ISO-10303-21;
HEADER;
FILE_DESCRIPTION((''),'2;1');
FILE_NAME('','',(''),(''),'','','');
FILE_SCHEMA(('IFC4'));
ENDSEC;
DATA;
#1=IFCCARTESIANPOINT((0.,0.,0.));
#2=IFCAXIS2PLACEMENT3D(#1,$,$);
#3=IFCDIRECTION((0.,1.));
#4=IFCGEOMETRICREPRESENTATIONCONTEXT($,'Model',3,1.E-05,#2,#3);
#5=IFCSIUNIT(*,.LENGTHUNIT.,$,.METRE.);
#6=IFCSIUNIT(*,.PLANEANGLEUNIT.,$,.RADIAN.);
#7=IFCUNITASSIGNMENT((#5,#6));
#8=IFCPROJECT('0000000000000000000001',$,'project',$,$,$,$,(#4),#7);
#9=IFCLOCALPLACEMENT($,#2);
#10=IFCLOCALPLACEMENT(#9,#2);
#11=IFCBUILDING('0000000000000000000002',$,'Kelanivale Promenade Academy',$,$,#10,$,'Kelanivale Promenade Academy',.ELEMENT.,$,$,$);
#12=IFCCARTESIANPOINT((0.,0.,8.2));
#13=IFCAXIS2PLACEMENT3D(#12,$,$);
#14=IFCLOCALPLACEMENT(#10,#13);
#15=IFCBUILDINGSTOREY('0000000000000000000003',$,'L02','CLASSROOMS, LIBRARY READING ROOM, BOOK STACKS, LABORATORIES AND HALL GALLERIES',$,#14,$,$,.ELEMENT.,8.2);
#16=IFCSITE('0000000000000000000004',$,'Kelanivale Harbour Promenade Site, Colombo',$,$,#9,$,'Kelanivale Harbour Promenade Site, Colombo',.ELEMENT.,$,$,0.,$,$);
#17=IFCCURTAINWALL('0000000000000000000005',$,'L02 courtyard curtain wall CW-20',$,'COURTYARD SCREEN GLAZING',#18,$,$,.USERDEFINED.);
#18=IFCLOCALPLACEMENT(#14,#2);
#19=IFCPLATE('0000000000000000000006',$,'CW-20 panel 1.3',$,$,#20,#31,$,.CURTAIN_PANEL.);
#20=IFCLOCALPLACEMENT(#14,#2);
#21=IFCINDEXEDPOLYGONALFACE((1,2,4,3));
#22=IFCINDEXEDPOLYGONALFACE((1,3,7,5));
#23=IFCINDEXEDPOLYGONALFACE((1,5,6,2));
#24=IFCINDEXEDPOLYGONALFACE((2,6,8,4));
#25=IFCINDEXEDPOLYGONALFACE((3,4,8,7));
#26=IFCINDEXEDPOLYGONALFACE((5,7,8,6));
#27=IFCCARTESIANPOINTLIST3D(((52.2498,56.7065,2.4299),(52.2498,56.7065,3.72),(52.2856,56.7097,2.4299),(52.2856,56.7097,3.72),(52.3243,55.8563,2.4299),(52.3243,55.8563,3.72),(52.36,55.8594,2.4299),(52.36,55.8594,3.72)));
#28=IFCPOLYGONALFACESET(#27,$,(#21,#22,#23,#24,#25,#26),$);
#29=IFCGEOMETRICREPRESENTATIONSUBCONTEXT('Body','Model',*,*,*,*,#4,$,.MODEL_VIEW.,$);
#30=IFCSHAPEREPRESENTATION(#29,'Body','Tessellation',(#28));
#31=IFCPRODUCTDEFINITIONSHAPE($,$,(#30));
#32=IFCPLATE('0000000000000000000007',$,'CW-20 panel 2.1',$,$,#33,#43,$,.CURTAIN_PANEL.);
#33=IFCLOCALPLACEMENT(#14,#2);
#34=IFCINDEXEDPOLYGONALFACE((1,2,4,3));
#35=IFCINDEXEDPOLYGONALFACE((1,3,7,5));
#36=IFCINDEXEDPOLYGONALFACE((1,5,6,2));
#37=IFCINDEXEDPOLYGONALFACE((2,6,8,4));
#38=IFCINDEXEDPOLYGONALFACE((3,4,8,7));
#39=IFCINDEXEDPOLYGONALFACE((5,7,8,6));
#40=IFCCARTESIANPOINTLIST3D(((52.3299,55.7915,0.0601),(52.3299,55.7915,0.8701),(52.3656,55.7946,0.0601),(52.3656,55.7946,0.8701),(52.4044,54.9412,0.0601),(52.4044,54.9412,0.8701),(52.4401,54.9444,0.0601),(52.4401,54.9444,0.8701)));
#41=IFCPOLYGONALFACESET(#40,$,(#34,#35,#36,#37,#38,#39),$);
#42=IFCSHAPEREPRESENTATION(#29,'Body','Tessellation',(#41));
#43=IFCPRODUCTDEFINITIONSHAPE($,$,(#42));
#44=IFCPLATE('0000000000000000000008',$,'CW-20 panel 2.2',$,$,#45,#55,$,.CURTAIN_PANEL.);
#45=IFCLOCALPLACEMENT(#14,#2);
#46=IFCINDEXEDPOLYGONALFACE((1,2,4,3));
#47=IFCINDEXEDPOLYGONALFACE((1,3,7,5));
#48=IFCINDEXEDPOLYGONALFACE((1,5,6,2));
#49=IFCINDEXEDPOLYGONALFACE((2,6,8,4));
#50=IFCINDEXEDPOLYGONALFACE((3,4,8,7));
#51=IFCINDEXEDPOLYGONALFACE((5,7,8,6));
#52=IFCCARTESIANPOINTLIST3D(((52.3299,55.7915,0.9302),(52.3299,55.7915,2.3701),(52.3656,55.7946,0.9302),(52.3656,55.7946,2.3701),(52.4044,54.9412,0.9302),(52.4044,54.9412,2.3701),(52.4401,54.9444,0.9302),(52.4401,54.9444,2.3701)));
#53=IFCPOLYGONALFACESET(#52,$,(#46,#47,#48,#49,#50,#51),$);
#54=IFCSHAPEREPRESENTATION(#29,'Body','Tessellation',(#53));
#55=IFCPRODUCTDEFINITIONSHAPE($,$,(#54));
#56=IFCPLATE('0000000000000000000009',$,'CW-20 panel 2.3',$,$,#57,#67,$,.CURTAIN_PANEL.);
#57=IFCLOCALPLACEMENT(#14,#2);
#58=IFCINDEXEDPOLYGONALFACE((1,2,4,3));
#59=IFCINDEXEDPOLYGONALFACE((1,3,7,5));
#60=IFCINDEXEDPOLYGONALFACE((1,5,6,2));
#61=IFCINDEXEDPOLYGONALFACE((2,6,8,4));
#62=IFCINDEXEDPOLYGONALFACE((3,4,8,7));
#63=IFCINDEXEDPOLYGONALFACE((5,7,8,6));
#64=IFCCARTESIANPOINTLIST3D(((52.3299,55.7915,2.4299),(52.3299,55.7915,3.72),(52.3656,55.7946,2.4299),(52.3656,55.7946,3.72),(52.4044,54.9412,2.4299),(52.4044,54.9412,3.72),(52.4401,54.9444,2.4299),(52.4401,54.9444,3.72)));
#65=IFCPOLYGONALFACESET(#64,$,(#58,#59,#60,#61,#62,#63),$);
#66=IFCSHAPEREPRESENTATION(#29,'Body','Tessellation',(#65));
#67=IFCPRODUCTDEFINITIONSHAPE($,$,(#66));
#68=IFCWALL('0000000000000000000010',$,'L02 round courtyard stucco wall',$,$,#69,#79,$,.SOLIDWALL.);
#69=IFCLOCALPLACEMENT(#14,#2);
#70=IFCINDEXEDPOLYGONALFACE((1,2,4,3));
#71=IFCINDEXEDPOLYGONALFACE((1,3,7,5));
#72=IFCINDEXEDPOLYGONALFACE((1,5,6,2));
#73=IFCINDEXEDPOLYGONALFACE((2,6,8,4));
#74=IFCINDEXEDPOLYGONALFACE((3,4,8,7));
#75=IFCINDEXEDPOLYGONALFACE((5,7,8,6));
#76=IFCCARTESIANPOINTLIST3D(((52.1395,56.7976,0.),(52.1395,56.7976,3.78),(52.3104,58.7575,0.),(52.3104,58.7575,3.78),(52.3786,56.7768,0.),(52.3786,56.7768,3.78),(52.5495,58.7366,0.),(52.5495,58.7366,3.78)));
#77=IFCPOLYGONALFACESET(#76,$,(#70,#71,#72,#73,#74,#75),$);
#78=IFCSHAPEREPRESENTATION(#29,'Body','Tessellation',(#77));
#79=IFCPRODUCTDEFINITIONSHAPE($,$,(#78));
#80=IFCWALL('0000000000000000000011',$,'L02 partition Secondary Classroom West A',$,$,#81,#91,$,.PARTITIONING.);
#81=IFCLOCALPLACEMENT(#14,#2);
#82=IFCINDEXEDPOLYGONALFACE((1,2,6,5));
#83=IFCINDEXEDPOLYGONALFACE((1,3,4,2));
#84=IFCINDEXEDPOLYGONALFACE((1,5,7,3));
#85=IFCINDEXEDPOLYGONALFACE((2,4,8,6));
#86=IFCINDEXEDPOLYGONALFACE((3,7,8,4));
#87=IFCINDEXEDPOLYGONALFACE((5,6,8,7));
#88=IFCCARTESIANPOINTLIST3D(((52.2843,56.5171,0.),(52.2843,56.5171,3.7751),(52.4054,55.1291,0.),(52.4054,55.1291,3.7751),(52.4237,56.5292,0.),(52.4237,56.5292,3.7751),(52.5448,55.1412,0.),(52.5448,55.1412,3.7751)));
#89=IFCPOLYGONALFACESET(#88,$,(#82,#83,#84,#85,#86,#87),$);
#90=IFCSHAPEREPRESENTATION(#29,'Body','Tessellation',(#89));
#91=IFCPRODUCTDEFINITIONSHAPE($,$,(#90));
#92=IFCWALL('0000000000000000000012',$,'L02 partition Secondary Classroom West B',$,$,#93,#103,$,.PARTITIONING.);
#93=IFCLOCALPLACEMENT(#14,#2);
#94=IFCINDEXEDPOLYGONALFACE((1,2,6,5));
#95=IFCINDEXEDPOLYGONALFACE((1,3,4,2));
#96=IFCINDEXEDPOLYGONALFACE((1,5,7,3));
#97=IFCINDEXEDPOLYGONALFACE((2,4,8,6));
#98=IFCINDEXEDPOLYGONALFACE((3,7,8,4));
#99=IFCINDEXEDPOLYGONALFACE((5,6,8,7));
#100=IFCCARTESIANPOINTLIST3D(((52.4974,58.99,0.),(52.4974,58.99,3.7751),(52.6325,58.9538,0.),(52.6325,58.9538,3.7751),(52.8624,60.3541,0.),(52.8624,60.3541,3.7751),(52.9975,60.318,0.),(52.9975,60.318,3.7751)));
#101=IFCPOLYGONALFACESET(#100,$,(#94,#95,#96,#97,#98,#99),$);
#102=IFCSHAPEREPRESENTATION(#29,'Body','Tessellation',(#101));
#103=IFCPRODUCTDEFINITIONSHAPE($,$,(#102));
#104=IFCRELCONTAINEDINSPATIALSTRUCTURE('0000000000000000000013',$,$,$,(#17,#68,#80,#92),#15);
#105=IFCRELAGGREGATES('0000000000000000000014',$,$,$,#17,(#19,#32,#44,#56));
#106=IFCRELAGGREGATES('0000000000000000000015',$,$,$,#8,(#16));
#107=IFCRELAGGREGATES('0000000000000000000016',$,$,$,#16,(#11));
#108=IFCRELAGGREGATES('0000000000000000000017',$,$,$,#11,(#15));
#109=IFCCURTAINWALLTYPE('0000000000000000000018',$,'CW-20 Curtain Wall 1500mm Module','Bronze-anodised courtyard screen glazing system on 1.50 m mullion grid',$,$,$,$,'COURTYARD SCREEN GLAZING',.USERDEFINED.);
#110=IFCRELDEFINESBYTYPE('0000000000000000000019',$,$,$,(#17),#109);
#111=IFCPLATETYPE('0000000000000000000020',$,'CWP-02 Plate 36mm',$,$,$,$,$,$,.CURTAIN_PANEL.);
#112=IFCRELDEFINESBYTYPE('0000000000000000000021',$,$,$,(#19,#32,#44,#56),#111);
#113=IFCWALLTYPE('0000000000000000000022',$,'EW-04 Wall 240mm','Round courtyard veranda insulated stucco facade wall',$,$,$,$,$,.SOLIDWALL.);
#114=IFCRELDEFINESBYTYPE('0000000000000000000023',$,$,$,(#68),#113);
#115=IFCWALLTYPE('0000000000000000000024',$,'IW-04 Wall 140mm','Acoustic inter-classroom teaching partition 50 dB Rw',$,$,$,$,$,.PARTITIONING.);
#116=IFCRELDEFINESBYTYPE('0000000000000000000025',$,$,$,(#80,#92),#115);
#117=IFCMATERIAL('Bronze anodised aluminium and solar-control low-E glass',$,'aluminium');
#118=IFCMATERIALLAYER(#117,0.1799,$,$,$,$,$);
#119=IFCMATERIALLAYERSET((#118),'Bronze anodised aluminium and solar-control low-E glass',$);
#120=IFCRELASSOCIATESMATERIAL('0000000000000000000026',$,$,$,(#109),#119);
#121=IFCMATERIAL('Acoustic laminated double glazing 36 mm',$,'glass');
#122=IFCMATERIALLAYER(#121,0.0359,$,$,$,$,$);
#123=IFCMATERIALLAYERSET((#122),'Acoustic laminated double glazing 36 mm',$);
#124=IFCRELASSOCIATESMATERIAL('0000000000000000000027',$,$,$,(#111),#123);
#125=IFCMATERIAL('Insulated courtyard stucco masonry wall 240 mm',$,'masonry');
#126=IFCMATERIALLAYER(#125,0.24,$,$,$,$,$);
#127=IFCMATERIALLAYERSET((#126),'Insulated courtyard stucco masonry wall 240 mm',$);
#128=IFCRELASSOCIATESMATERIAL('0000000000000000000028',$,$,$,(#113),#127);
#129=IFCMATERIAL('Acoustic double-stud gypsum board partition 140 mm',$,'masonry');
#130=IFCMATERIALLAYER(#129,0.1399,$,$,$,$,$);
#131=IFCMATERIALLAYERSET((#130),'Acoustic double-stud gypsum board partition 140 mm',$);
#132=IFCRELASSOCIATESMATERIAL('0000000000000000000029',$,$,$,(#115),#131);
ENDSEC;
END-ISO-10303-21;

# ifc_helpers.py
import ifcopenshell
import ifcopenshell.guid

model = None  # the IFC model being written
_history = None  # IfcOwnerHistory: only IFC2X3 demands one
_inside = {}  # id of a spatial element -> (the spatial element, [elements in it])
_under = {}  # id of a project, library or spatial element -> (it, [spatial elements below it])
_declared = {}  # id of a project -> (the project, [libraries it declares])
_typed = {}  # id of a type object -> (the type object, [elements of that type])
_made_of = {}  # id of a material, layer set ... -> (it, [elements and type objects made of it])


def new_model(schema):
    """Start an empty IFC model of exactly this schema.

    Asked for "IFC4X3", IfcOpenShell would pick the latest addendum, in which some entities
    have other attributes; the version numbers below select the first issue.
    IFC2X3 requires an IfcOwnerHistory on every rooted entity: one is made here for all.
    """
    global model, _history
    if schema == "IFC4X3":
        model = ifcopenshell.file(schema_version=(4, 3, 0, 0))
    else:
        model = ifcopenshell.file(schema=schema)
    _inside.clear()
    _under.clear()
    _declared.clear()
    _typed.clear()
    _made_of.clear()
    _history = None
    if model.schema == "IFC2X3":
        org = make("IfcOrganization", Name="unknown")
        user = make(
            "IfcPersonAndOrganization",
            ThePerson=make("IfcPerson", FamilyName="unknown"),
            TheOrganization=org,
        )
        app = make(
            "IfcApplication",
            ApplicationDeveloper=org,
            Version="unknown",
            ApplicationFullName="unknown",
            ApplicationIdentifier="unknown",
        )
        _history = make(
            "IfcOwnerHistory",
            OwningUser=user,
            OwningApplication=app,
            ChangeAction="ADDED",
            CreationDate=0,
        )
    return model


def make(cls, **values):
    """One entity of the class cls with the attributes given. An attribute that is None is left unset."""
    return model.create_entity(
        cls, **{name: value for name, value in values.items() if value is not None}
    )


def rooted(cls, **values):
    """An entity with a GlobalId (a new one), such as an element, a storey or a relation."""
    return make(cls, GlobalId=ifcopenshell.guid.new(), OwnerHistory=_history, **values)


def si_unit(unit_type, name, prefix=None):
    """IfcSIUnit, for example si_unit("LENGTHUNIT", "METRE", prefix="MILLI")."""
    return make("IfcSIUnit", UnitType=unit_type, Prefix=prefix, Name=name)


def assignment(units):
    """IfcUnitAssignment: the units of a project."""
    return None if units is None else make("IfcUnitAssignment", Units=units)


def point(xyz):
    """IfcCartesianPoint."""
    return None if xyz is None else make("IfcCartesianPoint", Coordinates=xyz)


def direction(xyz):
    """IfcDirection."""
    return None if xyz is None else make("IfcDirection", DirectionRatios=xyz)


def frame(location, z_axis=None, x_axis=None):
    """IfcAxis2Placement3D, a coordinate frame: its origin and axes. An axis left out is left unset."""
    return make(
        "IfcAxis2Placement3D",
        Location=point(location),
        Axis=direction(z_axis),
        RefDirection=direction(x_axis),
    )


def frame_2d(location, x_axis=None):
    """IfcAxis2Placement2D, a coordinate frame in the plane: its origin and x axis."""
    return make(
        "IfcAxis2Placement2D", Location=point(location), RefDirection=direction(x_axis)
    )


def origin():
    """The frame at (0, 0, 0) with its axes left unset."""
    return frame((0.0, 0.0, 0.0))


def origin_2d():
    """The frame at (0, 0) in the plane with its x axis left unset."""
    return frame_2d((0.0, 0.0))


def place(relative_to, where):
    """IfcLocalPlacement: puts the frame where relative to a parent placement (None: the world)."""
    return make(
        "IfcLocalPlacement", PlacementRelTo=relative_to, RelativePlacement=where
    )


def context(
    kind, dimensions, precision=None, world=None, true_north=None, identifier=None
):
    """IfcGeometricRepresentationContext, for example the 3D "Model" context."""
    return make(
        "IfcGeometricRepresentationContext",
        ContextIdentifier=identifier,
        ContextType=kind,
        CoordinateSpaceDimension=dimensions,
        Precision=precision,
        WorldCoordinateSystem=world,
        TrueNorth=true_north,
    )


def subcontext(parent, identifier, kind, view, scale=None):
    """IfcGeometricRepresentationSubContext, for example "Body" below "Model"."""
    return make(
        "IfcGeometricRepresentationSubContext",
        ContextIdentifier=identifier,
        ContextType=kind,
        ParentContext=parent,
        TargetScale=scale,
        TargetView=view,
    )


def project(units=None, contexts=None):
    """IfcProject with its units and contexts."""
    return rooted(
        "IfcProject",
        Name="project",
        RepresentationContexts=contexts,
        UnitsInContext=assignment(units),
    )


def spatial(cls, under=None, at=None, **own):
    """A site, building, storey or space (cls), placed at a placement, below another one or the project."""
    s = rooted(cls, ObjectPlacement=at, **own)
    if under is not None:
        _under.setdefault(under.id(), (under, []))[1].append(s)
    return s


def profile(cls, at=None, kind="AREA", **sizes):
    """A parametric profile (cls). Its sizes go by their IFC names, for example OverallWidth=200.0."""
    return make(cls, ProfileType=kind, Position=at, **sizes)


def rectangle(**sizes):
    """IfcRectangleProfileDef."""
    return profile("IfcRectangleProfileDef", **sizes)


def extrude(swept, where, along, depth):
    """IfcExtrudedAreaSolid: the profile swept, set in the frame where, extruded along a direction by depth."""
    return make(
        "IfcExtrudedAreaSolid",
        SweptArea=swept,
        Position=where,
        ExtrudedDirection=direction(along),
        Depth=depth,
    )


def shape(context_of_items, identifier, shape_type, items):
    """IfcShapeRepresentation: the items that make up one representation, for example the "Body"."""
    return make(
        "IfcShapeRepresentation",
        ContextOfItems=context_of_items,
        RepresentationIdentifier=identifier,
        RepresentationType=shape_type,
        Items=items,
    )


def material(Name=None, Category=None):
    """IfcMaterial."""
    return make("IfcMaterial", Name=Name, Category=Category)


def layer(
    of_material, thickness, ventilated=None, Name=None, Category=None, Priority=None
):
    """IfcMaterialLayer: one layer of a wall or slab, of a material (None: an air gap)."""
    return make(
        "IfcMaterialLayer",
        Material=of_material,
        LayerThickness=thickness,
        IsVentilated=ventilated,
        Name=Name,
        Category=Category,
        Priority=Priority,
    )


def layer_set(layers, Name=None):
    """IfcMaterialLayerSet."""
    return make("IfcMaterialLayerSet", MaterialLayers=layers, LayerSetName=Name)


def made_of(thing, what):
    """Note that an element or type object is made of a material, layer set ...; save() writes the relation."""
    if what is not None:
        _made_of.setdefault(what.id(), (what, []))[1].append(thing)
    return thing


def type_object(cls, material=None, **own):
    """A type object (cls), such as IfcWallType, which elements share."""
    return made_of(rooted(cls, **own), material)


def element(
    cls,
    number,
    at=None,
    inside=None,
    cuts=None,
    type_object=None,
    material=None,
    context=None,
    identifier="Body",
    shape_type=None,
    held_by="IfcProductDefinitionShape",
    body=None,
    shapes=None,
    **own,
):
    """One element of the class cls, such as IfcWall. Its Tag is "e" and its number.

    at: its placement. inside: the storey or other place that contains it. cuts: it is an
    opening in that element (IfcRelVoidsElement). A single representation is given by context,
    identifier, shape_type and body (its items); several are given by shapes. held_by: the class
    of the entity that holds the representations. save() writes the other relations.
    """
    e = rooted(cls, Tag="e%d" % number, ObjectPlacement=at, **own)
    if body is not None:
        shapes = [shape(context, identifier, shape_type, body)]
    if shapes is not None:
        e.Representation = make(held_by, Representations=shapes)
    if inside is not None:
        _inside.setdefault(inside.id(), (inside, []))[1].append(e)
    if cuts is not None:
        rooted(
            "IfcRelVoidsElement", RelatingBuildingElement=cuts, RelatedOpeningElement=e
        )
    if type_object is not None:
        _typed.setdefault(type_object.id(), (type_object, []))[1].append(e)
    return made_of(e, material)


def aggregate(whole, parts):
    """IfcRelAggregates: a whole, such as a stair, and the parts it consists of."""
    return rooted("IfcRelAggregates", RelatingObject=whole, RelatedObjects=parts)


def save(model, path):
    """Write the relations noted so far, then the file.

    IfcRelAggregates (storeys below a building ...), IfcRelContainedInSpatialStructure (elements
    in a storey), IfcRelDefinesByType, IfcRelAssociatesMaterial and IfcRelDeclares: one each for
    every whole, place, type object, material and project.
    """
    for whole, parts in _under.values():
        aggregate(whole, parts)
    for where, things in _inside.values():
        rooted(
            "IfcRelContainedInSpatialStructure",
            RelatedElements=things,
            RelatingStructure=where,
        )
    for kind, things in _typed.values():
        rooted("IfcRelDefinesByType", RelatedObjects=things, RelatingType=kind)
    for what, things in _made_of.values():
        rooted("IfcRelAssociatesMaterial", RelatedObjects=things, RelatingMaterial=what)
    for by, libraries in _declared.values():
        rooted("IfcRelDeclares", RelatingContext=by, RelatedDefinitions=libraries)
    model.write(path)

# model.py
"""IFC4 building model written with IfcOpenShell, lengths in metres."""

from ifc_helpers import new_model, si_unit, direction, frame, frame_2d, origin, origin_2d, place, context, subcontext, project, spatial, rectangle, extrude, material, layer, layer_set, type_object, element, aggregate, save


model = new_model("IFC4")

# Units and contexts
model_context = context("Model", 3, precision=1e-05, world=origin(), true_north=direction((0.0, 1.0)))
body_context = subcontext(model_context, "Body", "Model", "MODEL_VIEW")
ifc_project = project(units=[si_unit("LENGTHUNIT", "METRE"), si_unit("PLANEANGLEUNIT", "RADIAN")], contexts=[model_context])

# Site, building, storey
site_placement = place(None, origin())
site = spatial("IfcSite", under=ifc_project, at=site_placement, Name="Kelanivale Harbour Promenade Site, Colombo", LongName="Kelanivale Harbour Promenade Site, Colombo", CompositionType="ELEMENT", RefElevation=0.0)
building_placement = place(site_placement, origin())
building = spatial("IfcBuilding", under=site, at=building_placement, Name="Kelanivale Promenade Academy", LongName="Kelanivale Promenade Academy", CompositionType="ELEMENT")
storey_placement = place(building_placement, frame((0.0, 0.0, 8.2)))
storey = spatial("IfcBuildingStorey", under=building, at=storey_placement, Name="L02", Description="CLASSROOMS, LIBRARY READING ROOM, BOOK STACKS, LABORATORIES AND HALL GALLERIES", CompositionType="ELEMENT", Elevation=8.2)

# Curtain wall
ifc_material_1 = material(Name="Bronze anodised aluminium and solar-control low-E glass", Category="aluminium")
ifc_layer_1 = layer(ifc_material_1, 0.1799)
ifc_layer_set_1 = layer_set([ifc_layer_1], Name="Bronze anodised aluminium and solar-control low-E glass")
curtain_wall_type_1 = type_object("IfcCurtainWallType", Name="CW-20 Curtain Wall 1500mm Module", Description="Bronze-anodised courtyard screen glazing system on 1.50 m mullion grid", ElementType="COURTYARD SCREEN GLAZING", PredefinedType="USERDEFINED", material=ifc_layer_set_1)
curtain_wall_1_placement = place(storey_placement, origin())
curtain_wall_1 = element("IfcCurtainWall", 1, at=curtain_wall_1_placement, inside=storey, type_object=curtain_wall_type_1, Name="L02 courtyard curtain wall CW-20", ObjectType="COURTYARD SCREEN GLAZING", PredefinedType="USERDEFINED")

# Plates
ifc_material_2 = material(Name="Acoustic laminated double glazing 36 mm", Category="glass")
ifc_layer_2 = layer(ifc_material_2, 0.0359)
ifc_layer_set_2 = layer_set([ifc_layer_2], Name="Acoustic laminated double glazing 36 mm")
plate_type_1 = type_object("IfcPlateType", Name="CWP-02 Plate 36mm", PredefinedType="CURTAIN_PANEL", material=ifc_layer_set_2)
plate_1_placement = place(storey_placement, frame((52.3049, 56.283, 2.4299), z_axis=(0.0, 0.0, 1.0), x_axis=(0.087265, -0.996185, 0.0)))
plate_1 = element("IfcPlate", 2, at=plate_1_placement, type_object=plate_type_1, Name="CW-20 panel 1.3", PredefinedType="CURTAIN_PANEL", context=body_context, shape_type="SweptSolid", body=[
    extrude(rectangle(XDim=0.8535, YDim=0.0359, at=origin_2d()), origin(), (0.0, 0.0, 1.0), 1.29),
])
plate_2_placement = place(storey_placement, frame((52.385, 55.3679, 0.0601), z_axis=(0.0, 0.0, 1.0), x_axis=(0.087265, -0.996185, 0.0)))
plate_2 = element("IfcPlate", 3, at=plate_2_placement, type_object=plate_type_1, Name="CW-20 panel 2.1", PredefinedType="CURTAIN_PANEL", context=body_context, shape_type="SweptSolid", body=[
    extrude(rectangle(XDim=0.8535, YDim=0.0359, at=origin_2d()), origin(), (0.0, 0.0, 1.0), 0.8101),
])
plate_3_placement = place(storey_placement, frame((52.385, 55.3679, 0.9302), z_axis=(0.0, 0.0, 1.0), x_axis=(0.087265, -0.996185, 0.0)))
plate_3 = element("IfcPlate", 4, at=plate_3_placement, type_object=plate_type_1, Name="CW-20 panel 2.2", PredefinedType="CURTAIN_PANEL", context=body_context, shape_type="SweptSolid", body=[
    extrude(rectangle(XDim=0.8535, YDim=0.0359, at=origin_2d()), origin(), (0.0, 0.0, 1.0), 1.4399),
])
plate_4_placement = place(storey_placement, frame((52.385, 55.3679, 2.4299), z_axis=(0.0, 0.0, 1.0), x_axis=(0.087265, -0.996185, 0.0)))
plate_4 = element("IfcPlate", 5, at=plate_4_placement, type_object=plate_type_1, Name="CW-20 panel 2.3", PredefinedType="CURTAIN_PANEL", context=body_context, shape_type="SweptSolid", body=[
    extrude(rectangle(XDim=0.8535, YDim=0.0359, at=origin_2d()), origin(), (0.0, 0.0, 1.0), 1.29),
])
aggregate(curtain_wall_1, [plate_1, plate_2, plate_3, plate_4])

# Walls
ifc_material_3 = material(Name="Insulated courtyard stucco masonry wall 240 mm", Category="masonry")
ifc_layer_3 = layer(ifc_material_3, 0.24)
ifc_layer_set_3 = layer_set([ifc_layer_3], Name="Insulated courtyard stucco masonry wall 240 mm")
wall_type_1 = type_object("IfcWallType", Name="EW-04 Wall 240mm", Description="Round courtyard veranda insulated stucco facade wall", PredefinedType="SOLIDWALL", material=ifc_layer_set_3)
wall_1_placement = place(storey_placement, frame((52.4299, 58.7471, 0.0), z_axis=(0.0, 0.0, 1.0), x_axis=(-0.086865, -0.99622, 0.0)))
element("IfcWall", 6, at=wall_1_placement, inside=storey, type_object=wall_type_1, Name="L02 round courtyard stucco wall", PredefinedType="SOLIDWALL", context=body_context, shape_type="SweptSolid", body=[
    extrude(rectangle(XDim=1.9673, YDim=0.24, at=frame_2d((0.9836, 0.0))), origin(), (0.0, 0.0, 1.0), 3.78),
])
ifc_material_4 = material(Name="Acoustic double-stud gypsum board partition 140 mm", Category="masonry")
ifc_layer_4 = layer(ifc_material_4, 0.1399)
ifc_layer_set_4 = layer_set([ifc_layer_4], Name="Acoustic double-stud gypsum board partition 140 mm")
wall_type_2 = type_object("IfcWallType", Name="IW-04 Wall 140mm", Description="Acoustic inter-classroom teaching partition 50 dB Rw", PredefinedType="PARTITIONING", material=ifc_layer_set_4)
wall_2_placement = place(storey_placement, frame((52.4751, 55.135, 0.0), z_axis=(0.0, 0.0, 1.0), x_axis=(-0.086917, 0.996216, 0.0)))
element("IfcWall", 7, at=wall_2_placement, inside=storey, type_object=wall_type_2, Name="L02 partition Secondary Classroom West A", PredefinedType="PARTITIONING", context=body_context, shape_type="SweptSolid", body=[
    extrude(rectangle(XDim=1.3933, YDim=0.1399, at=frame_2d((0.6968, 0.0))), origin(), (0.0, 0.0, 1.0), 3.7751),
])
wall_3_placement = place(storey_placement, frame((52.5649, 58.9719, 0.0), z_axis=(0.0, 0.0, 1.0), x_axis=(0.258491, 0.966014, 0.0)))
element("IfcWall", 8, at=wall_3_placement, inside=storey, type_object=wall_type_2, Name="L02 partition Secondary Classroom West B", PredefinedType="PARTITIONING", context=body_context, shape_type="SweptSolid", body=[
    extrude(rectangle(XDim=1.4121, YDim=0.1399, at=frame_2d((0.7061, 0.0))), origin(), (0.0, 0.0, 1.0), 3.7751),
])

save(model, "model.ifc")
